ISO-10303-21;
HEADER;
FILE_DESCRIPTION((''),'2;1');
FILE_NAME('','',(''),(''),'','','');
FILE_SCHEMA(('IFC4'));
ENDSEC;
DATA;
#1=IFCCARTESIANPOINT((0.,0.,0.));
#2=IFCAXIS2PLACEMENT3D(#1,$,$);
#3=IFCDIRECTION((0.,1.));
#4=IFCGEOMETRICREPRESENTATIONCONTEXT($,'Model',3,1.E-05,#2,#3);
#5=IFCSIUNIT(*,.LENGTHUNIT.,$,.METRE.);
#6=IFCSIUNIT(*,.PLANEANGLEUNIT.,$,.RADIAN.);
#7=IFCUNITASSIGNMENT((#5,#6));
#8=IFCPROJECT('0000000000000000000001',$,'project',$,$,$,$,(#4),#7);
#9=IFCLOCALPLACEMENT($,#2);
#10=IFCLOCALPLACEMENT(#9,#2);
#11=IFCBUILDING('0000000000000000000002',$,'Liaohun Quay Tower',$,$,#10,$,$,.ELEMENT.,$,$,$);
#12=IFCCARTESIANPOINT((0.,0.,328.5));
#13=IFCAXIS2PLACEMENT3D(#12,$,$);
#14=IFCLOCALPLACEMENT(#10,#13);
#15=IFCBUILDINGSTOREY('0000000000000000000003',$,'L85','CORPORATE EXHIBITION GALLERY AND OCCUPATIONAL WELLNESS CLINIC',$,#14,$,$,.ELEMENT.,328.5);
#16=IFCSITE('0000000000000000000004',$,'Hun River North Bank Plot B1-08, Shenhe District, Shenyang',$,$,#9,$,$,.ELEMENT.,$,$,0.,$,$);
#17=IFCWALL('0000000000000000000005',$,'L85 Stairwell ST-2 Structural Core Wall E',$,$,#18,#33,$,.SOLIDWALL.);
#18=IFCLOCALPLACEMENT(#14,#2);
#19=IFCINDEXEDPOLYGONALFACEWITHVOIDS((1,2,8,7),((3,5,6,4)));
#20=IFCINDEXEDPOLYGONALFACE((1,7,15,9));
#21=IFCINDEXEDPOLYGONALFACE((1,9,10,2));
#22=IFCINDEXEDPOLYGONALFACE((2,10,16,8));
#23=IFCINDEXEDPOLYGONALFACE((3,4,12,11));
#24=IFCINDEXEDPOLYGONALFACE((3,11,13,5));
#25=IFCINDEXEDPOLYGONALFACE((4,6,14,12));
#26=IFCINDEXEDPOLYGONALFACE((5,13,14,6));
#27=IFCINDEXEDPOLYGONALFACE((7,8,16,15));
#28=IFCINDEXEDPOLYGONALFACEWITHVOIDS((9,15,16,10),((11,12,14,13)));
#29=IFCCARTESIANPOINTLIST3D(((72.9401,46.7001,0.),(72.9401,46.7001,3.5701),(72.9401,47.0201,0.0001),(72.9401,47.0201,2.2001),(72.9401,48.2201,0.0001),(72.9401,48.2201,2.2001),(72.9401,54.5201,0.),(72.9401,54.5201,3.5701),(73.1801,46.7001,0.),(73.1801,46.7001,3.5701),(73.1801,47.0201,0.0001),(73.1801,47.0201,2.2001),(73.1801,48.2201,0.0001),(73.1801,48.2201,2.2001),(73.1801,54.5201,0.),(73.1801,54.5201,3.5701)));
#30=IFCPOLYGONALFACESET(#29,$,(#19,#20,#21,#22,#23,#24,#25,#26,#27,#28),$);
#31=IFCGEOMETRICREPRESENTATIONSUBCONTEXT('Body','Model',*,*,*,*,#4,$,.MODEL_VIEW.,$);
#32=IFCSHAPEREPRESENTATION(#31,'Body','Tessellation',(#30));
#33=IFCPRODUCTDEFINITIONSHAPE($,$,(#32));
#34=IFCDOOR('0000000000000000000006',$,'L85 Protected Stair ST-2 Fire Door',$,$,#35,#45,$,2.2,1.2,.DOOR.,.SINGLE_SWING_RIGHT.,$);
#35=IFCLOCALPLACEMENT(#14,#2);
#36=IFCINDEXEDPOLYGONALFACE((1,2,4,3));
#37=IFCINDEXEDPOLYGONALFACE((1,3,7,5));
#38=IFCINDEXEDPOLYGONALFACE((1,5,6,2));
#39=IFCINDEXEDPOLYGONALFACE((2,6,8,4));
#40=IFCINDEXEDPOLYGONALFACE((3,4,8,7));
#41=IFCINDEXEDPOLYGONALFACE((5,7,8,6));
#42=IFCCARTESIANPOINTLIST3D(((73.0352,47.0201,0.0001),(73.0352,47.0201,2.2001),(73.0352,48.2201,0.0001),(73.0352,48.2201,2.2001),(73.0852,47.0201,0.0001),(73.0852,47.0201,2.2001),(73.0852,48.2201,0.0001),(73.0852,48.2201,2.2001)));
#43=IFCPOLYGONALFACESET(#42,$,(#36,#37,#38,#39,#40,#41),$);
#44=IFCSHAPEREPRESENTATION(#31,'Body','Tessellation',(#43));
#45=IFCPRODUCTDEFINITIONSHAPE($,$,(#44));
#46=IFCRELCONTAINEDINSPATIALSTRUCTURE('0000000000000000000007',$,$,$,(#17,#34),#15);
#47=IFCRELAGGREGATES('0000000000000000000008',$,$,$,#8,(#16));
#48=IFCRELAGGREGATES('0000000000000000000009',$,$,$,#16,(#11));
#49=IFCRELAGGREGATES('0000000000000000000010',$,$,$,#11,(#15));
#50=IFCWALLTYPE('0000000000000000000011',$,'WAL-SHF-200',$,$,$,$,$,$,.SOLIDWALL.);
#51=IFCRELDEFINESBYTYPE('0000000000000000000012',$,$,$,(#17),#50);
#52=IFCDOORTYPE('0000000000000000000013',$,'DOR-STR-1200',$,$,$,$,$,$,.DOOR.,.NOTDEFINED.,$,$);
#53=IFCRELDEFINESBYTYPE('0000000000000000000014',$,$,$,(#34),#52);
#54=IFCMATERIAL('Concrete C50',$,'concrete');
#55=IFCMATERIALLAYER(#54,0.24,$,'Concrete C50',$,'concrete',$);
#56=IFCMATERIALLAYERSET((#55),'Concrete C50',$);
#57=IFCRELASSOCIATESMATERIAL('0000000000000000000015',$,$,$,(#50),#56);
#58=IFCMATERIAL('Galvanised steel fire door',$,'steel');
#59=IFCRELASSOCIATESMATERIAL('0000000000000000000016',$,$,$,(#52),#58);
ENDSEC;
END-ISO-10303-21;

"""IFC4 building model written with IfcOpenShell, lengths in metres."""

from ifc_helpers import new_model, si_unit, direction, frame, frame_2d, origin, place, context, subcontext, project, spatial, rectangle, extrude, source, transform, mapped, material, layer, layer_set, type_object, element, fill, save


model = new_model("IFC4")

# Units and contexts
model_context = context("Model", 3, precision=1e-05, world=origin(), true_north=direction((0.0, 1.0)))
body_context = subcontext(model_context, "Body", "Model", "MODEL_VIEW")
ifc_project = project(units=[si_unit("LENGTHUNIT", "METRE"), si_unit("PLANEANGLEUNIT", "RADIAN")], contexts=[model_context])

# Site, building, storey
site_placement = place(None, origin())
site = spatial("IfcSite", under=ifc_project, at=site_placement, Name="Hun River North Bank Plot B1-08, Shenhe District, Shenyang", CompositionType="ELEMENT", RefElevation=0.0)
building_placement = place(site_placement, origin())
building = spatial("IfcBuilding", under=site, at=building_placement, Name="Liaohun Quay Tower", CompositionType="ELEMENT")
storey_placement = place(building_placement, frame((0.0, 0.0, 328.5)))
storey = spatial("IfcBuildingStorey", under=building, at=storey_placement, Name="L85", Description="CORPORATE EXHIBITION GALLERY AND OCCUPATIONAL WELLNESS CLINIC", CompositionType="ELEMENT", Elevation=328.5)

# Shared definitions
ifc_material_1 = material(Name="Concrete C50", Category="concrete")

# Shared definitions
ifc_layer_1 = layer(ifc_material_1, 0.24, Name="Concrete C50", Category="concrete")
ifc_layer_set_1 = layer_set([ifc_layer_1], Name="Concrete C50")
wall_type_1 = type_object("IfcWallType", Name="WAL-SHF-200", PredefinedType="SOLIDWALL", material=ifc_layer_set_1)

# Wall, opening, door
wall_1_placement = place(storey_placement, frame((73.0601, 46.7, 0.0), z_axis=(0.0, 0.0, 1.0), x_axis=(0.0, 1.0, 0.0)))
wall_1 = element("IfcWall", 1, at=wall_1_placement, inside=storey, type_object=wall_type_1, Name="L85 Stairwell ST-2 Structural Core Wall E", PredefinedType="SOLIDWALL", context=body_context, shape_type="SweptSolid", body=[
    extrude(rectangle(XDim=7.8201, YDim=0.24, at=frame_2d((3.9102, 0.0))), origin(), (0.0, 0.0, 1.0), 3.5701),
])
shared_shape_1 = source(origin(), body_context, "Body", "SweptSolid", [
    extrude(rectangle(XDim=1.2, YDim=2.2, at=frame_2d((0.6001, 1.1001))), frame((0.0, 0.1299, 0.0), z_axis=(0.0, -1.0, 0.0), x_axis=(1.0, 0.0, 0.0)), (0.0, 0.0, 1.0), 0.26),
])
opening_1_placement = place(wall_1_placement, frame((0.3201, 0.0, 0.0)))
opening_1 = element("IfcOpeningElement", 2, at=opening_1_placement, cuts=wall_1, PredefinedType="OPENING", context=body_context, shape_type="MappedRepresentation", body=[
    mapped(shared_shape_1, transform((0.0, 0.0, 0.0), x_axis=(1.0, 0.0, 0.0), y_axis=(0.0, 1.0, 0.0), z_axis=(0.0, 0.0, 1.0), scale=1.0)),
])
ifc_material_2 = material(Name="Galvanised steel fire door", Category="steel")
door_type_1 = type_object("IfcDoorType", Name="DOR-STR-1200", OperationType="NOTDEFINED", PredefinedType="DOOR", material=ifc_material_2)
shared_shape_2 = source(origin(), body_context, "Body", "SweptSolid", [
    extrude(rectangle(XDim=1.2, YDim=2.2, at=frame_2d((0.6001, 1.1001))), frame((0.0, 0.0249, 0.0), z_axis=(0.0, -1.0, 0.0), x_axis=(1.0, 0.0, 0.0)), (0.0, 0.0, 1.0), 0.05),
])
door_1_placement = place(opening_1_placement, origin())
door_1 = element("IfcDoor", 3, at=door_1_placement, inside=storey, type_object=door_type_1, Name="L85 Protected Stair ST-2 Fire Door", OperationType="SINGLE_SWING_RIGHT", OverallHeight=2.2, OverallWidth=1.2, PredefinedType="DOOR", context=body_context, shape_type="MappedRepresentation", body=[
    mapped(shared_shape_2, transform((0.0, 0.0, 0.0), x_axis=(1.0, 0.0, 0.0), y_axis=(0.0, 1.0, 0.0), z_axis=(0.0, 0.0, 1.0), scale=1.0)),
])
fill(opening_1, door_1)

save(model, "model.ifc")
